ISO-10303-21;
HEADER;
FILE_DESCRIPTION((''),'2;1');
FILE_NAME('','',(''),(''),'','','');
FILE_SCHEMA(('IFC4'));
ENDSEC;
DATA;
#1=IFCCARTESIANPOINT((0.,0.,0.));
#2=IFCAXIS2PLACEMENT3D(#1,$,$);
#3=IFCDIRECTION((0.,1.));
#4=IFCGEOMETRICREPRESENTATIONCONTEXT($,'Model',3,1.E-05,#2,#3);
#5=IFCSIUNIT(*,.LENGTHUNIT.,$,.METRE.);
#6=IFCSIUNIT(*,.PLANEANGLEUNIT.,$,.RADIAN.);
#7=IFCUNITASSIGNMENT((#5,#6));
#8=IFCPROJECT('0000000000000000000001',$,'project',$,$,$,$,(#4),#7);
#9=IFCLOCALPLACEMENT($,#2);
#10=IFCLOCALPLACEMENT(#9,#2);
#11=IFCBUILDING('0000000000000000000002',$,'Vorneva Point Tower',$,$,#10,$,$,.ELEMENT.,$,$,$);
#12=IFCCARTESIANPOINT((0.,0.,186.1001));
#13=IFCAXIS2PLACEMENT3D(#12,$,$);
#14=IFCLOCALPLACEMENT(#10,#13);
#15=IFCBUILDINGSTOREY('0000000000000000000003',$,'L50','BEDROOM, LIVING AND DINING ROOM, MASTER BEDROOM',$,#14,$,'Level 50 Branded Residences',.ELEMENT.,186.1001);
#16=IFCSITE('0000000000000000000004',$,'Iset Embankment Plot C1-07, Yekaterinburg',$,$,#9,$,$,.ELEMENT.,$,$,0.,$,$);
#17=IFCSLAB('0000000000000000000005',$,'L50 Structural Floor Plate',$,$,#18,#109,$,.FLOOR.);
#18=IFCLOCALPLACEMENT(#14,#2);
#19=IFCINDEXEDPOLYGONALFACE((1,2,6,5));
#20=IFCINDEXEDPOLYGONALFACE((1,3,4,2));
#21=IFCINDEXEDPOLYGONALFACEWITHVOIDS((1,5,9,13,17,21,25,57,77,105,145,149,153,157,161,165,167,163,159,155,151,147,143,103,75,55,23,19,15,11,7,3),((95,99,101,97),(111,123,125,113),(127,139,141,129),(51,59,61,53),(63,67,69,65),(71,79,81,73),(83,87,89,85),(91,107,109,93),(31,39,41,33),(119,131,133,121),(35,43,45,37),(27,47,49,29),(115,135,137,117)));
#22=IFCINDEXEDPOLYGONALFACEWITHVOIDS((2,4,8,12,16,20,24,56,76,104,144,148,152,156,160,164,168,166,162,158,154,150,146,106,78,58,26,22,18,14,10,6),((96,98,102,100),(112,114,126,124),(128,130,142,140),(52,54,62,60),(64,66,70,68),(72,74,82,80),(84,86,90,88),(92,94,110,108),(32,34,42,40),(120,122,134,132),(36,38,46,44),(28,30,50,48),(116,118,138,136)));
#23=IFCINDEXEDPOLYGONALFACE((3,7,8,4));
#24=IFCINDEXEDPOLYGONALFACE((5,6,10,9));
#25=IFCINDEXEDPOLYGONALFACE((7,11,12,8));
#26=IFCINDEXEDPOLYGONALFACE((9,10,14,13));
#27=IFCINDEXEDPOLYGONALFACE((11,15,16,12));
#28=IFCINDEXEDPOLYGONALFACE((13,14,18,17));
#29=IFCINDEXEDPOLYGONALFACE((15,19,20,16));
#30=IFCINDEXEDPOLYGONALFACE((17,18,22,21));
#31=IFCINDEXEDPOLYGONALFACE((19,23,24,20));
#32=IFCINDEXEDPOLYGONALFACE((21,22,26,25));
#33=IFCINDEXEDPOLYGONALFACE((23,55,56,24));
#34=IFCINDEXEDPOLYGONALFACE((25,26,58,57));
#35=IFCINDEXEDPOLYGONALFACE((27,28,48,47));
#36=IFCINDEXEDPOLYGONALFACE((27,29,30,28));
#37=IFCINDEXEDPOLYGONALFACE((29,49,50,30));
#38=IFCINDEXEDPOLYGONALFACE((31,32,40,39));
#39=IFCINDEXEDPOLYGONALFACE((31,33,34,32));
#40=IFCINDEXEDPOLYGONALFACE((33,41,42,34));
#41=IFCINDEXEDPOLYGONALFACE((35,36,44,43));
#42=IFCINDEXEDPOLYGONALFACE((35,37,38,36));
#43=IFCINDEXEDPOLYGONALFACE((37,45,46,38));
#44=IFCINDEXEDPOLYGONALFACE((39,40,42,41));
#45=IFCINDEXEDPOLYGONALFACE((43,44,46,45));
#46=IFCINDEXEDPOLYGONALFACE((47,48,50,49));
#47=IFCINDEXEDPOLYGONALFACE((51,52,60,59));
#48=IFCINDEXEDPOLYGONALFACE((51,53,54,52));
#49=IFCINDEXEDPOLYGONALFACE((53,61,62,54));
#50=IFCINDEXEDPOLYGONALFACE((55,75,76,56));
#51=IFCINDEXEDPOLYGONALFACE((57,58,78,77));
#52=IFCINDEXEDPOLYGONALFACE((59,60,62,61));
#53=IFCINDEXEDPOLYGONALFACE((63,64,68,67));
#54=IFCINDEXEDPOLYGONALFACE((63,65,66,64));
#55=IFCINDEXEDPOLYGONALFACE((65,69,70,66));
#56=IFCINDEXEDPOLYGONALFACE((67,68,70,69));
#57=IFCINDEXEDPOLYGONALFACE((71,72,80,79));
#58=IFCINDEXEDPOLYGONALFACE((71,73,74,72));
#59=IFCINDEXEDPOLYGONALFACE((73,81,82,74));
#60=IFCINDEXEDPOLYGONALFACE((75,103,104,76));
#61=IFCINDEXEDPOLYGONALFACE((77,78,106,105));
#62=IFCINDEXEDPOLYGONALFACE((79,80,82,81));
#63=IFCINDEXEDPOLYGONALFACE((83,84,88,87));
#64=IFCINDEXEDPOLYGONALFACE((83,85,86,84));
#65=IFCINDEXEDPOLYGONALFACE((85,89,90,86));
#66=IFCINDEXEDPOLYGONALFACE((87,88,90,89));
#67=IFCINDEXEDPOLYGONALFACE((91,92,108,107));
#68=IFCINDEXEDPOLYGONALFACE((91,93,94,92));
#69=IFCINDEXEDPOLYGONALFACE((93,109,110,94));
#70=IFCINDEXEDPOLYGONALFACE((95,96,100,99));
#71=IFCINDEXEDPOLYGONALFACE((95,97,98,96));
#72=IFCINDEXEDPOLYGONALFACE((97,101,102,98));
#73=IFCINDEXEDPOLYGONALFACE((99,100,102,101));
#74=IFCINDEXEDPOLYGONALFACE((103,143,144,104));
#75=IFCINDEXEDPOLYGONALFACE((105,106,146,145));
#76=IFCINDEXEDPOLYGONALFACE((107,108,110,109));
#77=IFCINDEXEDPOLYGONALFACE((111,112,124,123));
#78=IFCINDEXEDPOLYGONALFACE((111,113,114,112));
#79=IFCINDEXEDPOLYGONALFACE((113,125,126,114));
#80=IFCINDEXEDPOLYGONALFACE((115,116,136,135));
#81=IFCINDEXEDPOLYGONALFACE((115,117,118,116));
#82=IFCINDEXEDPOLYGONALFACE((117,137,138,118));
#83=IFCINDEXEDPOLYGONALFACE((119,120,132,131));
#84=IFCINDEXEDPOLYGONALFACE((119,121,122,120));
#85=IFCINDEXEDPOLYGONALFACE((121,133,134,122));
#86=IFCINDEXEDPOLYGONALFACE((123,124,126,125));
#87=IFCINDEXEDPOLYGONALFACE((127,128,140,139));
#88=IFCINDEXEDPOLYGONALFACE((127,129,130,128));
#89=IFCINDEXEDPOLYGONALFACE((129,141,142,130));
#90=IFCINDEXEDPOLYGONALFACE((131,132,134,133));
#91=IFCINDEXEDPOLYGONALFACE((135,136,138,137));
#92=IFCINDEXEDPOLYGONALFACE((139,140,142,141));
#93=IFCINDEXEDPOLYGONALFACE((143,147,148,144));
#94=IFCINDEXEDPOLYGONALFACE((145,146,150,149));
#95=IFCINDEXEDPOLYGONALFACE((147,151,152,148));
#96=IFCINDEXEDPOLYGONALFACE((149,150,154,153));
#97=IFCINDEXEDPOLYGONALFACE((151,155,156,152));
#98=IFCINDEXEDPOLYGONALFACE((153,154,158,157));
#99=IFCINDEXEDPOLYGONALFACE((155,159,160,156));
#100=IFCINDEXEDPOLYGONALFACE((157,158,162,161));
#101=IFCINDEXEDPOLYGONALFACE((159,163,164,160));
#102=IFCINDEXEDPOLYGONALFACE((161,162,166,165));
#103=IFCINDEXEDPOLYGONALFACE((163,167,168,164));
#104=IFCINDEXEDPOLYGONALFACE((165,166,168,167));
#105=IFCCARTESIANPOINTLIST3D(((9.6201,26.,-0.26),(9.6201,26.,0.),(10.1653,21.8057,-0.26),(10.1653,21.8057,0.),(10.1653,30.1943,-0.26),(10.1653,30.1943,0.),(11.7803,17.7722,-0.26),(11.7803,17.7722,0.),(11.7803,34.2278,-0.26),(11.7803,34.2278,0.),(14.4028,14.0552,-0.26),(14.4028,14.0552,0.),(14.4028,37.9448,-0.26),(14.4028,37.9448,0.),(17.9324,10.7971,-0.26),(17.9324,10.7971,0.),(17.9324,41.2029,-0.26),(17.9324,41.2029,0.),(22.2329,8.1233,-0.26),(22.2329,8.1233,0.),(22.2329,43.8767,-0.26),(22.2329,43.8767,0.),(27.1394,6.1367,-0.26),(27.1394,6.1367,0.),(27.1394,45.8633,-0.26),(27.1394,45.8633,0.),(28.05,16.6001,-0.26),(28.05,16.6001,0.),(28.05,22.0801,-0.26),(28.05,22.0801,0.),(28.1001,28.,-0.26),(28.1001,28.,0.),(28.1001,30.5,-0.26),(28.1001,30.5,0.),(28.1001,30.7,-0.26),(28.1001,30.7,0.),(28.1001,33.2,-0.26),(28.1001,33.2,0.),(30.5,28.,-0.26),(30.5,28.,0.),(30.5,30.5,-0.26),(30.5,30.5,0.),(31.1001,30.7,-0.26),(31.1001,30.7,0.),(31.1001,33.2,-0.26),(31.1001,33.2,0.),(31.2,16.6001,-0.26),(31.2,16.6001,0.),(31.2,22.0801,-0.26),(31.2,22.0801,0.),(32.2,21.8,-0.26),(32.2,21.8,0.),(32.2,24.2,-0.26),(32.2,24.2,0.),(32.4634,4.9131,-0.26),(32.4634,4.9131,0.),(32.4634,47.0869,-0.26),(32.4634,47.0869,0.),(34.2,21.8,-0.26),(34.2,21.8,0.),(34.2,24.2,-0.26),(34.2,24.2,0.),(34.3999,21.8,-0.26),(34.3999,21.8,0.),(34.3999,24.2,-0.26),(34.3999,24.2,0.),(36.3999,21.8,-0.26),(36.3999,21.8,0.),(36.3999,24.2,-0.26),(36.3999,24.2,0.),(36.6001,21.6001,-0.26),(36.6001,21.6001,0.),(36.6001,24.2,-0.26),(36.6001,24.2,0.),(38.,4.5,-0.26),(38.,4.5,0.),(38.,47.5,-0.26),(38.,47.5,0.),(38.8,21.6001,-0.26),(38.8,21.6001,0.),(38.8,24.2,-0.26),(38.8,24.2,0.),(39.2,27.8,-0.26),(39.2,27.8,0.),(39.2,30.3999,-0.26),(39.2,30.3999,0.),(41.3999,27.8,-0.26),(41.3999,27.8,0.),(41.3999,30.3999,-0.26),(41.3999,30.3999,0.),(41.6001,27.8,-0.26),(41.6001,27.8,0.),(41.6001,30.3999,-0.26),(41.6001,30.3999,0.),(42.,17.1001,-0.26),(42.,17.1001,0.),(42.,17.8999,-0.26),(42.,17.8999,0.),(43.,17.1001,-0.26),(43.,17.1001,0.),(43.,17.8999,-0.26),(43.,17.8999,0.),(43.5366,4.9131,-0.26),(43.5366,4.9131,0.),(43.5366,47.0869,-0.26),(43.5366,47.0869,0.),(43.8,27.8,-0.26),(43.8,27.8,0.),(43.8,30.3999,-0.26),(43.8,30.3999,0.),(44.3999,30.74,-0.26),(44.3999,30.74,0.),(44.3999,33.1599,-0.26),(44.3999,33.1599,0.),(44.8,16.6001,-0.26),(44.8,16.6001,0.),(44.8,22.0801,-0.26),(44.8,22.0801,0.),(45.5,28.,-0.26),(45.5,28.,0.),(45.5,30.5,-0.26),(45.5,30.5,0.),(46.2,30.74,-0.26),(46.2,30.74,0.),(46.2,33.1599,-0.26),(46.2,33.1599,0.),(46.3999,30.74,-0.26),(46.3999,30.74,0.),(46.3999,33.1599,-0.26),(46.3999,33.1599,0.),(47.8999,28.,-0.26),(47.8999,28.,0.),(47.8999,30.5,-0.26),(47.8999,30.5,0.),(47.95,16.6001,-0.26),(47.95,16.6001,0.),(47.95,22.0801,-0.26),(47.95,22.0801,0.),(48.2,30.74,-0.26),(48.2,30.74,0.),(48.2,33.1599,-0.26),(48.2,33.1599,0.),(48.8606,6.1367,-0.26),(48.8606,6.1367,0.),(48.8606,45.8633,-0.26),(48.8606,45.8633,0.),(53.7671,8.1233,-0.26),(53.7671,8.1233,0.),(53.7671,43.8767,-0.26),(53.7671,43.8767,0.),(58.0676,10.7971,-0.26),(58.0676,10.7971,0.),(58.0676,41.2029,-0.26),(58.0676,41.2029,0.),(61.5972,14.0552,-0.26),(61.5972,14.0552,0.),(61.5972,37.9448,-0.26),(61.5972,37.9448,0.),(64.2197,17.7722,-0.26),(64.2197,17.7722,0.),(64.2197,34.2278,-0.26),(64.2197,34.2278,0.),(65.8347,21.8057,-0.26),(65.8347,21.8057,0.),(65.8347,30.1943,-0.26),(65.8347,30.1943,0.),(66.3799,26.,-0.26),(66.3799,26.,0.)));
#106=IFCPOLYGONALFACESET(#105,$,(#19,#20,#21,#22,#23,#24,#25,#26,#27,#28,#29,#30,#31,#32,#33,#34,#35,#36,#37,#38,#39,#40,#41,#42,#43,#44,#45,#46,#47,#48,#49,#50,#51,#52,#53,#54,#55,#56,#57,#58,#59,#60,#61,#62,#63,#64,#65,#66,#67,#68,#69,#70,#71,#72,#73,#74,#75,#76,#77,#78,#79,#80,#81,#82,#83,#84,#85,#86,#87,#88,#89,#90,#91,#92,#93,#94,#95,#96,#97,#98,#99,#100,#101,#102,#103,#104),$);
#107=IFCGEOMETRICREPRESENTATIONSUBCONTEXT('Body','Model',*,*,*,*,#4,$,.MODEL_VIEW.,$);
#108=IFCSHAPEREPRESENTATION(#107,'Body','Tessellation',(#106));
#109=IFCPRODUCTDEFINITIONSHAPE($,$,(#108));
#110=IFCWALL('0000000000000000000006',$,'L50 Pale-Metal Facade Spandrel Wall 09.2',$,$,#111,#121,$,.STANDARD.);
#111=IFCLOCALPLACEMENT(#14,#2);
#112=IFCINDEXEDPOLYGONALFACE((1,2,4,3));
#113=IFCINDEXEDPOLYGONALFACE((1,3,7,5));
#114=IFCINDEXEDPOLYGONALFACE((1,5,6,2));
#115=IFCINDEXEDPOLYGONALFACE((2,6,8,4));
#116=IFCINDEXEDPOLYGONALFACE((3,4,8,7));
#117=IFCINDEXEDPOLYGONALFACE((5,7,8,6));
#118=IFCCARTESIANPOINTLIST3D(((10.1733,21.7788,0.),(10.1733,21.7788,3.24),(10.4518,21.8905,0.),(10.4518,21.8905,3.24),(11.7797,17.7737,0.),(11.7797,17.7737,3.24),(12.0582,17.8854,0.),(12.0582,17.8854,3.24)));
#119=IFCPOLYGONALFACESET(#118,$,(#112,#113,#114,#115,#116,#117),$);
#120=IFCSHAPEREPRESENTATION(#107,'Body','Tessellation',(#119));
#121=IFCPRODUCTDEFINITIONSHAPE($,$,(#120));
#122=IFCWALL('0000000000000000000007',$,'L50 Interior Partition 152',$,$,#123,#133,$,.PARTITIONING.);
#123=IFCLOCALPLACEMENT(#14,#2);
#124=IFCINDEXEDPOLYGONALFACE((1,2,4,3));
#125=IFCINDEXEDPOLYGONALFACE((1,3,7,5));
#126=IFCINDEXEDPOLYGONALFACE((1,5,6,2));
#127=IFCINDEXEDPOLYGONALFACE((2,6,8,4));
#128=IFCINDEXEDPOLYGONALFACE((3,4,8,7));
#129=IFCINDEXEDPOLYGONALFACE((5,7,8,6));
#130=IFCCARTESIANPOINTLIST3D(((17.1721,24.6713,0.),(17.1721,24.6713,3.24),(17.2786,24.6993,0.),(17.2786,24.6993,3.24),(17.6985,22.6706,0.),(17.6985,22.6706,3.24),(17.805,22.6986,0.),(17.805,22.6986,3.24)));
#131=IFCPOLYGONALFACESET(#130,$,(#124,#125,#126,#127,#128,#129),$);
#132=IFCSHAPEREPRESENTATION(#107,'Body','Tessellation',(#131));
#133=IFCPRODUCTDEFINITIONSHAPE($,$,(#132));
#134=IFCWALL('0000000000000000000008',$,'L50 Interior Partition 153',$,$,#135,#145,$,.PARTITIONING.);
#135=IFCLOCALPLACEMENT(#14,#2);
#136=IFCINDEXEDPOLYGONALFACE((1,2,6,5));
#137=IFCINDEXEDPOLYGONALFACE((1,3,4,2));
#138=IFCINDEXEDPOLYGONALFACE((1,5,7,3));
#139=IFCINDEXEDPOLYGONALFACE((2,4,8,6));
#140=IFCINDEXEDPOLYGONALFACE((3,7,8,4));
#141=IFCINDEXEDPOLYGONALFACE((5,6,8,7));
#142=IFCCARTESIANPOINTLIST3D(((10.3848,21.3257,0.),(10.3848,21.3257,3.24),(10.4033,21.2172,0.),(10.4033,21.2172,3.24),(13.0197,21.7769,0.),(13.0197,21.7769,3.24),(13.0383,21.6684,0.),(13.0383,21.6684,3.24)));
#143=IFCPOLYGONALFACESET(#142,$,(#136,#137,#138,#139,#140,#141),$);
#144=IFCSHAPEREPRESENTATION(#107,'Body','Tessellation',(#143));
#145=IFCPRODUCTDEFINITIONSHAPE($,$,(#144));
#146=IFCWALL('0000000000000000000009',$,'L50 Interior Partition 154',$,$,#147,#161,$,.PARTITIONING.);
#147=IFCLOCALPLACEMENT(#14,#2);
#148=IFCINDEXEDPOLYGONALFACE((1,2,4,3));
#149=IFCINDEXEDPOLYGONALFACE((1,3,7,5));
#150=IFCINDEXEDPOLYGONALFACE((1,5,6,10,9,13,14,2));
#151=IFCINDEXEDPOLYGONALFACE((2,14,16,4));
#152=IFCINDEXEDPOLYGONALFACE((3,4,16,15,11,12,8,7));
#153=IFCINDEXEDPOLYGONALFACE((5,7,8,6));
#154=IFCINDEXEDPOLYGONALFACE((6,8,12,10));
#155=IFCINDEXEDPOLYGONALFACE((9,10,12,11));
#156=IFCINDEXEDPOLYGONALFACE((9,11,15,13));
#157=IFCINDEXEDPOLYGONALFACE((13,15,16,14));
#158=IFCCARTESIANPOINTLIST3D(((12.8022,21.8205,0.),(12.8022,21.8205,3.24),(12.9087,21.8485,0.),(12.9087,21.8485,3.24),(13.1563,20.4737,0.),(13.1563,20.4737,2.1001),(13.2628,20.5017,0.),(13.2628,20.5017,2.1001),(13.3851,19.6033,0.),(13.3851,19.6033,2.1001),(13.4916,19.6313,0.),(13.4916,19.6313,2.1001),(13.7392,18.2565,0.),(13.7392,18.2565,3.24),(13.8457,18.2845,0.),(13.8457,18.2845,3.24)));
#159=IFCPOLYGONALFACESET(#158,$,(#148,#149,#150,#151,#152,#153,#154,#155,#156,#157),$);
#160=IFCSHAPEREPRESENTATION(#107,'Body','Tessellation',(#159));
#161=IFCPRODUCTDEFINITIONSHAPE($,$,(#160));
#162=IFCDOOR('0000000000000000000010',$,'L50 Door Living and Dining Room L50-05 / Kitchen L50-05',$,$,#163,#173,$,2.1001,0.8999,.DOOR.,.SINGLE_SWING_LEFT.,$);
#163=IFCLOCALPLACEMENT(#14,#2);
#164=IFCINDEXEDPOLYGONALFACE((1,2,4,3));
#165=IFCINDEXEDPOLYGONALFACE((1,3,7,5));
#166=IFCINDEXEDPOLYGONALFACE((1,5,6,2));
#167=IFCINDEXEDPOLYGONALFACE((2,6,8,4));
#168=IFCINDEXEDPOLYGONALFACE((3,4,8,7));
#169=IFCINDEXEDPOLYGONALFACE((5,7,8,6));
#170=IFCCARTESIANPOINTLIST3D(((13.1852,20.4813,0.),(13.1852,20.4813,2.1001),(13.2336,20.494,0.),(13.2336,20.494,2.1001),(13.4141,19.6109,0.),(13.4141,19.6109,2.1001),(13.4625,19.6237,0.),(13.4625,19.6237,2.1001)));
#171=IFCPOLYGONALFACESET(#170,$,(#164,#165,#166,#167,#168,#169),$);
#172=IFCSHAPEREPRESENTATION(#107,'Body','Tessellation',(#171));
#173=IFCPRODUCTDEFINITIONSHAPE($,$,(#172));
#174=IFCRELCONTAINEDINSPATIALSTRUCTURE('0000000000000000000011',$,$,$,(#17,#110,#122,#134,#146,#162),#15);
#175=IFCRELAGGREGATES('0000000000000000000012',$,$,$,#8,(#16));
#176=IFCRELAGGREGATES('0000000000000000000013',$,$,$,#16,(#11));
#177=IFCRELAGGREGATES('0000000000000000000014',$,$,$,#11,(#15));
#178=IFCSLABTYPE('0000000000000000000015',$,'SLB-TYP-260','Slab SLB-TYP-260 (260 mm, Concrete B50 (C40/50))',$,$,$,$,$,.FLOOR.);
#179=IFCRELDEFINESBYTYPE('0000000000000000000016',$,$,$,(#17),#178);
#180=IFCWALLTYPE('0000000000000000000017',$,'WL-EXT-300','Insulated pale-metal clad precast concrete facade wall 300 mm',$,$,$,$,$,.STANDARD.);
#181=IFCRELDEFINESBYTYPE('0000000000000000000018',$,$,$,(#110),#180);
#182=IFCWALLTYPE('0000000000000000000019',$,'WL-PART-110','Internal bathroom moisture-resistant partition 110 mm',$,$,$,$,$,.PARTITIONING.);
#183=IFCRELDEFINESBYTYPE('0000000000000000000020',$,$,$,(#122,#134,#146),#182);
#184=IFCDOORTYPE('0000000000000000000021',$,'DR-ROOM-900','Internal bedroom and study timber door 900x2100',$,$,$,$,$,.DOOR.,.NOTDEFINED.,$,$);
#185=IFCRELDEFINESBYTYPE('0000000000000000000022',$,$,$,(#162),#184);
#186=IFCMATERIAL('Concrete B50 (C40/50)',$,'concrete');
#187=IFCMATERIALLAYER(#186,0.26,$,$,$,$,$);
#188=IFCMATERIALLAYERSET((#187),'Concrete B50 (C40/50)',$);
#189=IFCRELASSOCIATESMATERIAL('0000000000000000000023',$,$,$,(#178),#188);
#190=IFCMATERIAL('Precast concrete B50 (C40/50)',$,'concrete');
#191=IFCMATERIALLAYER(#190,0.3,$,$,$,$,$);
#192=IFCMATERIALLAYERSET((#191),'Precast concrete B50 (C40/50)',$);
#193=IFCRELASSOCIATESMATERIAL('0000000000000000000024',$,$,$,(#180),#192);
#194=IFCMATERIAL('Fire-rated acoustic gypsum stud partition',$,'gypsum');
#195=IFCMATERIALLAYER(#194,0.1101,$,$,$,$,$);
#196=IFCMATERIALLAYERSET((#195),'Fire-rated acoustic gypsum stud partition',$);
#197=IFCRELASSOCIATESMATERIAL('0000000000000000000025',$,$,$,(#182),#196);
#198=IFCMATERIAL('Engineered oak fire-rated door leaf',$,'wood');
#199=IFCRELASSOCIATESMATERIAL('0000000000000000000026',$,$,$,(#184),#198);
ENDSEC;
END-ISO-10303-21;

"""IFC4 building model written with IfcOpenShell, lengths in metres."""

from ifc_helpers import new_model, si_unit, direction, frame, frame_2d, origin, place, context, subcontext, project, spatial, polyline, rectangle, outline, extrude, material, layer, layer_set, type_object, element, fill, save


model = new_model("IFC4")

# Units and contexts
model_context = context("Model", 3, precision=1e-05, world=origin(), true_north=direction((0.0, 1.0)))
body_context = subcontext(model_context, "Body", "Model", "MODEL_VIEW")
ifc_project = project(units=[si_unit("LENGTHUNIT", "METRE"), si_unit("PLANEANGLEUNIT", "RADIAN")], contexts=[model_context])

# Site, building, storey
site_placement = place(None, origin())
site = spatial("IfcSite", under=ifc_project, at=site_placement, Name="Iset Embankment Plot C1-07, Yekaterinburg", CompositionType="ELEMENT", RefElevation=0.0)
building_placement = place(site_placement, origin())
building = spatial("IfcBuilding", under=site, at=building_placement, Name="Vorneva Point Tower", CompositionType="ELEMENT")
storey_placement = place(building_placement, frame((0.0, 0.0, 186.1001)))
storey = spatial("IfcBuildingStorey", under=building, at=storey_placement, Name="L50", Description="BEDROOM, LIVING AND DINING ROOM, MASTER BEDROOM", LongName="Level 50 Branded Residences", CompositionType="ELEMENT", Elevation=186.1001)

# Shared definitions
ifc_material_1 = material(Name="Concrete B50 (C40/50)", Category="concrete")

# Slab
ifc_layer_1 = layer(ifc_material_1, 0.26)
ifc_layer_set_1 = layer_set([ifc_layer_1], Name="Concrete B50 (C40/50)")
slab_type_1 = type_object("IfcSlabType", Name="SLB-TYP-260", Description="Slab SLB-TYP-260 (260 mm, Concrete B50 (C40/50))", PredefinedType="FLOOR", material=ifc_layer_set_1)
slab_1_placement = place(storey_placement, frame((0.0, 0.0, -0.26)))
element("IfcSlab", 1, at=slab_1_placement, inside=storey, type_object=slab_type_1, Name="L50 Structural Floor Plate", PredefinedType="FLOOR", context=body_context, shape_type="SweptSolid", body=[
    extrude(outline(polyline([(66.3799, 26.0), (65.8347, 30.1943), (64.2197, 34.2278), (61.5972, 37.9448), (58.0676, 41.2029), (53.7671, 43.8767), (48.8606, 45.8633), (43.5366, 47.0869), (38.0, 47.5), (32.4634, 47.0869), (27.1394, 45.8633), (22.2329, 43.8767), (17.9324, 41.2029), (14.4028, 37.9448), (11.7803, 34.2278), (10.1653, 30.1943), (9.6201, 26.0), (10.1653, 21.8057), (11.7803, 17.7722), (14.4028, 14.0552), (17.9324, 10.7971), (22.2329, 8.1233), (27.1394, 6.1367), (32.4634, 4.9131), (38.0, 4.5), (43.5366, 4.9131), (48.8606, 6.1367), (53.7671, 8.1233), (58.0676, 10.7971), (61.5972, 14.0552), (64.2197, 17.7722), (65.8347, 21.8057), (66.3799, 26.0)]), holes=[polyline([(32.2, 21.8), (34.2, 21.8), (34.2, 24.2), (32.2, 24.2), (32.2, 21.8)]), polyline([(34.3999, 21.8), (36.3999, 21.8), (36.3999, 24.2), (34.3999, 24.2), (34.3999, 21.8)]), polyline([(36.6001, 21.6001), (38.8, 21.6001), (38.8, 24.2), (36.6001, 24.2), (36.6001, 21.6001)]), polyline([(39.2, 27.8), (41.3999, 27.8), (41.3999, 30.3999), (39.2, 30.3999), (39.2, 27.8)]), polyline([(41.6001, 27.8), (43.8, 27.8), (43.8, 30.3999), (41.6001, 30.3999), (41.6001, 27.8)]), polyline([(44.3999, 30.74), (46.2, 30.74), (46.2, 33.1599), (44.3999, 33.1599), (44.3999, 30.74)]), polyline([(46.3999, 30.74), (48.2, 30.74), (48.2, 33.1599), (46.3999, 33.1599), (46.3999, 30.74)]), polyline([(28.1001, 28.0), (30.5, 28.0), (30.5, 30.5), (28.1001, 30.5), (28.1001, 28.0)]), polyline([(45.5, 28.0), (47.8999, 28.0), (47.8999, 30.5), (45.5, 30.5), (45.5, 28.0)]), polyline([(28.1001, 30.7), (31.1001, 30.7), (31.1001, 33.2), (28.1001, 33.2), (28.1001, 30.7)]), polyline([(28.05, 16.6001), (31.2, 16.6001), (31.2, 22.0801), (28.05, 22.0801), (28.05, 16.6001)]), polyline([(44.8, 16.6001), (47.95, 16.6001), (47.95, 22.0801), (44.8, 22.0801), (44.8, 16.6001)]), polyline([(42.0, 17.1001), (43.0, 17.1001), (43.0, 17.8999), (42.0, 17.8999), (42.0, 17.1001)])]), origin(), (0.0, 0.0, 1.0), 0.26),
])

# Walls
ifc_material_2 = material(Name="Precast concrete B50 (C40/50)", Category="concrete")
ifc_layer_2 = layer(ifc_material_2, 0.3)
ifc_layer_set_2 = layer_set([ifc_layer_2], Name="Precast concrete B50 (C40/50)")
wall_type_1 = type_object("IfcWallType", Name="WL-EXT-300", Description="Insulated pale-metal clad precast concrete facade wall 300 mm", PredefinedType="STANDARD", material=ifc_layer_set_2)
wall_1_placement = place(storey_placement, frame((10.3125, 21.8347, 0.0), z_axis=(0.0, 0.0, 1.0), x_axis=(0.372268, -0.928125, 0.0)))
element("IfcWall", 2, at=wall_1_placement, inside=storey, type_object=wall_type_1, Name="L50 Pale-Metal Facade Spandrel Wall 09.2", PredefinedType="STANDARD", context=body_context, shape_type="SweptSolid", body=[
    extrude(rectangle(XDim=4.3152, YDim=0.3, at=frame_2d((2.1577, 0.0))), origin(), (0.0, 0.0, 1.0), 3.24),
])
ifc_material_3 = material(Name="Fire-rated acoustic gypsum stud partition", Category="gypsum")
ifc_layer_3 = layer(ifc_material_3, 0.1101)
ifc_layer_set_3 = layer_set([ifc_layer_3], Name="Fire-rated acoustic gypsum stud partition")
wall_type_2 = type_object("IfcWallType", Name="WL-PART-110", Description="Internal bathroom moisture-resistant partition 110 mm", PredefinedType="PARTITIONING", material=ifc_layer_set_3)
wall_2_placement = place(storey_placement, frame((17.7517, 22.6846, 0.0), z_axis=(0.0, 0.0, 1.0), x_axis=(-0.254429, 0.967091, 0.0)))
element("IfcWall", 3, at=wall_2_placement, inside=storey, type_object=wall_type_2, Name="L50 Interior Partition 152", PredefinedType="PARTITIONING", context=body_context, shape_type="SweptSolid", body=[
    extrude(rectangle(XDim=2.0688, YDim=0.1101, at=frame_2d((1.0344, 0.0))), origin(), (0.0, 0.0, 1.0), 3.24),
])
wall_3_placement = place(storey_placement, frame((10.394, 21.2715, 0.0), z_axis=(0.0, 0.0, 1.0), x_axis=(0.985656, 0.168766, 0.0)))
element("IfcWall", 4, at=wall_3_placement, inside=storey, type_object=wall_type_2, Name="L50 Interior Partition 153", PredefinedType="PARTITIONING", context=body_context, shape_type="SweptSolid", body=[
    extrude(rectangle(XDim=2.6733, YDim=0.1101, at=frame_2d((1.3367, 0.0))), origin(), (0.0, 0.0, 1.0), 3.24),
])

# Wall, opening, door
wall_4_placement = place(storey_placement, frame((12.8555, 21.8345, 0.0), z_axis=(0.0, 0.0, 1.0), x_axis=(0.254272, -0.967133, 0.0)))
wall_4 = element("IfcWall", 5, at=wall_4_placement, inside=storey, type_object=wall_type_2, Name="L50 Interior Partition 154", PredefinedType="PARTITIONING", context=body_context, shape_type="SweptSolid", body=[
    extrude(rectangle(XDim=3.6851, YDim=0.1101, at=frame_2d((1.8425, 0.0))), origin(), (0.0, 0.0, 1.0), 3.24),
])
opening_1_placement = place(wall_4_placement, frame((1.3926, 0.0, 0.0)))
opening_1 = element("IfcOpeningElement", 6, at=opening_1_placement, cuts=wall_4, PredefinedType="OPENING", context=body_context, shape_type="SweptSolid", body=[
    extrude(rectangle(XDim=0.8999, YDim=2.1001, at=frame_2d((0.45, 1.05))), frame((0.0, 0.0698, 0.0), z_axis=(0.0, -1.0, 0.0), x_axis=(1.0, 0.0, 0.0)), (0.0, 0.0, 1.0), 0.1399),
])
ifc_material_4 = material(Name="Engineered oak fire-rated door leaf", Category="wood")
door_type = type_object("IfcDoorType", Name="DR-ROOM-900", Description="Internal bedroom and study timber door 900x2100", OperationType="NOTDEFINED", PredefinedType="DOOR", material=ifc_material_4)
door_1_placement = place(opening_1_placement, origin())
door_1 = element("IfcDoor", 7, at=door_1_placement, inside=storey, type_object=door_type, Name="L50 Door Living and Dining Room L50-05 / Kitchen L50-05", OperationType="SINGLE_SWING_LEFT", OverallHeight=2.1001, OverallWidth=0.8999, PredefinedType="DOOR", context=body_context, shape_type="SweptSolid", body=[
    extrude(rectangle(XDim=0.8999, YDim=2.1001, at=frame_2d((0.45, 1.05))), frame((0.0, 0.0249, 0.0), z_axis=(0.0, -1.0, 0.0), x_axis=(1.0, 0.0, 0.0)), (0.0, 0.0, 1.0), 0.05),
])
fill(opening_1, door_1)

save(model, "model.ifc")
